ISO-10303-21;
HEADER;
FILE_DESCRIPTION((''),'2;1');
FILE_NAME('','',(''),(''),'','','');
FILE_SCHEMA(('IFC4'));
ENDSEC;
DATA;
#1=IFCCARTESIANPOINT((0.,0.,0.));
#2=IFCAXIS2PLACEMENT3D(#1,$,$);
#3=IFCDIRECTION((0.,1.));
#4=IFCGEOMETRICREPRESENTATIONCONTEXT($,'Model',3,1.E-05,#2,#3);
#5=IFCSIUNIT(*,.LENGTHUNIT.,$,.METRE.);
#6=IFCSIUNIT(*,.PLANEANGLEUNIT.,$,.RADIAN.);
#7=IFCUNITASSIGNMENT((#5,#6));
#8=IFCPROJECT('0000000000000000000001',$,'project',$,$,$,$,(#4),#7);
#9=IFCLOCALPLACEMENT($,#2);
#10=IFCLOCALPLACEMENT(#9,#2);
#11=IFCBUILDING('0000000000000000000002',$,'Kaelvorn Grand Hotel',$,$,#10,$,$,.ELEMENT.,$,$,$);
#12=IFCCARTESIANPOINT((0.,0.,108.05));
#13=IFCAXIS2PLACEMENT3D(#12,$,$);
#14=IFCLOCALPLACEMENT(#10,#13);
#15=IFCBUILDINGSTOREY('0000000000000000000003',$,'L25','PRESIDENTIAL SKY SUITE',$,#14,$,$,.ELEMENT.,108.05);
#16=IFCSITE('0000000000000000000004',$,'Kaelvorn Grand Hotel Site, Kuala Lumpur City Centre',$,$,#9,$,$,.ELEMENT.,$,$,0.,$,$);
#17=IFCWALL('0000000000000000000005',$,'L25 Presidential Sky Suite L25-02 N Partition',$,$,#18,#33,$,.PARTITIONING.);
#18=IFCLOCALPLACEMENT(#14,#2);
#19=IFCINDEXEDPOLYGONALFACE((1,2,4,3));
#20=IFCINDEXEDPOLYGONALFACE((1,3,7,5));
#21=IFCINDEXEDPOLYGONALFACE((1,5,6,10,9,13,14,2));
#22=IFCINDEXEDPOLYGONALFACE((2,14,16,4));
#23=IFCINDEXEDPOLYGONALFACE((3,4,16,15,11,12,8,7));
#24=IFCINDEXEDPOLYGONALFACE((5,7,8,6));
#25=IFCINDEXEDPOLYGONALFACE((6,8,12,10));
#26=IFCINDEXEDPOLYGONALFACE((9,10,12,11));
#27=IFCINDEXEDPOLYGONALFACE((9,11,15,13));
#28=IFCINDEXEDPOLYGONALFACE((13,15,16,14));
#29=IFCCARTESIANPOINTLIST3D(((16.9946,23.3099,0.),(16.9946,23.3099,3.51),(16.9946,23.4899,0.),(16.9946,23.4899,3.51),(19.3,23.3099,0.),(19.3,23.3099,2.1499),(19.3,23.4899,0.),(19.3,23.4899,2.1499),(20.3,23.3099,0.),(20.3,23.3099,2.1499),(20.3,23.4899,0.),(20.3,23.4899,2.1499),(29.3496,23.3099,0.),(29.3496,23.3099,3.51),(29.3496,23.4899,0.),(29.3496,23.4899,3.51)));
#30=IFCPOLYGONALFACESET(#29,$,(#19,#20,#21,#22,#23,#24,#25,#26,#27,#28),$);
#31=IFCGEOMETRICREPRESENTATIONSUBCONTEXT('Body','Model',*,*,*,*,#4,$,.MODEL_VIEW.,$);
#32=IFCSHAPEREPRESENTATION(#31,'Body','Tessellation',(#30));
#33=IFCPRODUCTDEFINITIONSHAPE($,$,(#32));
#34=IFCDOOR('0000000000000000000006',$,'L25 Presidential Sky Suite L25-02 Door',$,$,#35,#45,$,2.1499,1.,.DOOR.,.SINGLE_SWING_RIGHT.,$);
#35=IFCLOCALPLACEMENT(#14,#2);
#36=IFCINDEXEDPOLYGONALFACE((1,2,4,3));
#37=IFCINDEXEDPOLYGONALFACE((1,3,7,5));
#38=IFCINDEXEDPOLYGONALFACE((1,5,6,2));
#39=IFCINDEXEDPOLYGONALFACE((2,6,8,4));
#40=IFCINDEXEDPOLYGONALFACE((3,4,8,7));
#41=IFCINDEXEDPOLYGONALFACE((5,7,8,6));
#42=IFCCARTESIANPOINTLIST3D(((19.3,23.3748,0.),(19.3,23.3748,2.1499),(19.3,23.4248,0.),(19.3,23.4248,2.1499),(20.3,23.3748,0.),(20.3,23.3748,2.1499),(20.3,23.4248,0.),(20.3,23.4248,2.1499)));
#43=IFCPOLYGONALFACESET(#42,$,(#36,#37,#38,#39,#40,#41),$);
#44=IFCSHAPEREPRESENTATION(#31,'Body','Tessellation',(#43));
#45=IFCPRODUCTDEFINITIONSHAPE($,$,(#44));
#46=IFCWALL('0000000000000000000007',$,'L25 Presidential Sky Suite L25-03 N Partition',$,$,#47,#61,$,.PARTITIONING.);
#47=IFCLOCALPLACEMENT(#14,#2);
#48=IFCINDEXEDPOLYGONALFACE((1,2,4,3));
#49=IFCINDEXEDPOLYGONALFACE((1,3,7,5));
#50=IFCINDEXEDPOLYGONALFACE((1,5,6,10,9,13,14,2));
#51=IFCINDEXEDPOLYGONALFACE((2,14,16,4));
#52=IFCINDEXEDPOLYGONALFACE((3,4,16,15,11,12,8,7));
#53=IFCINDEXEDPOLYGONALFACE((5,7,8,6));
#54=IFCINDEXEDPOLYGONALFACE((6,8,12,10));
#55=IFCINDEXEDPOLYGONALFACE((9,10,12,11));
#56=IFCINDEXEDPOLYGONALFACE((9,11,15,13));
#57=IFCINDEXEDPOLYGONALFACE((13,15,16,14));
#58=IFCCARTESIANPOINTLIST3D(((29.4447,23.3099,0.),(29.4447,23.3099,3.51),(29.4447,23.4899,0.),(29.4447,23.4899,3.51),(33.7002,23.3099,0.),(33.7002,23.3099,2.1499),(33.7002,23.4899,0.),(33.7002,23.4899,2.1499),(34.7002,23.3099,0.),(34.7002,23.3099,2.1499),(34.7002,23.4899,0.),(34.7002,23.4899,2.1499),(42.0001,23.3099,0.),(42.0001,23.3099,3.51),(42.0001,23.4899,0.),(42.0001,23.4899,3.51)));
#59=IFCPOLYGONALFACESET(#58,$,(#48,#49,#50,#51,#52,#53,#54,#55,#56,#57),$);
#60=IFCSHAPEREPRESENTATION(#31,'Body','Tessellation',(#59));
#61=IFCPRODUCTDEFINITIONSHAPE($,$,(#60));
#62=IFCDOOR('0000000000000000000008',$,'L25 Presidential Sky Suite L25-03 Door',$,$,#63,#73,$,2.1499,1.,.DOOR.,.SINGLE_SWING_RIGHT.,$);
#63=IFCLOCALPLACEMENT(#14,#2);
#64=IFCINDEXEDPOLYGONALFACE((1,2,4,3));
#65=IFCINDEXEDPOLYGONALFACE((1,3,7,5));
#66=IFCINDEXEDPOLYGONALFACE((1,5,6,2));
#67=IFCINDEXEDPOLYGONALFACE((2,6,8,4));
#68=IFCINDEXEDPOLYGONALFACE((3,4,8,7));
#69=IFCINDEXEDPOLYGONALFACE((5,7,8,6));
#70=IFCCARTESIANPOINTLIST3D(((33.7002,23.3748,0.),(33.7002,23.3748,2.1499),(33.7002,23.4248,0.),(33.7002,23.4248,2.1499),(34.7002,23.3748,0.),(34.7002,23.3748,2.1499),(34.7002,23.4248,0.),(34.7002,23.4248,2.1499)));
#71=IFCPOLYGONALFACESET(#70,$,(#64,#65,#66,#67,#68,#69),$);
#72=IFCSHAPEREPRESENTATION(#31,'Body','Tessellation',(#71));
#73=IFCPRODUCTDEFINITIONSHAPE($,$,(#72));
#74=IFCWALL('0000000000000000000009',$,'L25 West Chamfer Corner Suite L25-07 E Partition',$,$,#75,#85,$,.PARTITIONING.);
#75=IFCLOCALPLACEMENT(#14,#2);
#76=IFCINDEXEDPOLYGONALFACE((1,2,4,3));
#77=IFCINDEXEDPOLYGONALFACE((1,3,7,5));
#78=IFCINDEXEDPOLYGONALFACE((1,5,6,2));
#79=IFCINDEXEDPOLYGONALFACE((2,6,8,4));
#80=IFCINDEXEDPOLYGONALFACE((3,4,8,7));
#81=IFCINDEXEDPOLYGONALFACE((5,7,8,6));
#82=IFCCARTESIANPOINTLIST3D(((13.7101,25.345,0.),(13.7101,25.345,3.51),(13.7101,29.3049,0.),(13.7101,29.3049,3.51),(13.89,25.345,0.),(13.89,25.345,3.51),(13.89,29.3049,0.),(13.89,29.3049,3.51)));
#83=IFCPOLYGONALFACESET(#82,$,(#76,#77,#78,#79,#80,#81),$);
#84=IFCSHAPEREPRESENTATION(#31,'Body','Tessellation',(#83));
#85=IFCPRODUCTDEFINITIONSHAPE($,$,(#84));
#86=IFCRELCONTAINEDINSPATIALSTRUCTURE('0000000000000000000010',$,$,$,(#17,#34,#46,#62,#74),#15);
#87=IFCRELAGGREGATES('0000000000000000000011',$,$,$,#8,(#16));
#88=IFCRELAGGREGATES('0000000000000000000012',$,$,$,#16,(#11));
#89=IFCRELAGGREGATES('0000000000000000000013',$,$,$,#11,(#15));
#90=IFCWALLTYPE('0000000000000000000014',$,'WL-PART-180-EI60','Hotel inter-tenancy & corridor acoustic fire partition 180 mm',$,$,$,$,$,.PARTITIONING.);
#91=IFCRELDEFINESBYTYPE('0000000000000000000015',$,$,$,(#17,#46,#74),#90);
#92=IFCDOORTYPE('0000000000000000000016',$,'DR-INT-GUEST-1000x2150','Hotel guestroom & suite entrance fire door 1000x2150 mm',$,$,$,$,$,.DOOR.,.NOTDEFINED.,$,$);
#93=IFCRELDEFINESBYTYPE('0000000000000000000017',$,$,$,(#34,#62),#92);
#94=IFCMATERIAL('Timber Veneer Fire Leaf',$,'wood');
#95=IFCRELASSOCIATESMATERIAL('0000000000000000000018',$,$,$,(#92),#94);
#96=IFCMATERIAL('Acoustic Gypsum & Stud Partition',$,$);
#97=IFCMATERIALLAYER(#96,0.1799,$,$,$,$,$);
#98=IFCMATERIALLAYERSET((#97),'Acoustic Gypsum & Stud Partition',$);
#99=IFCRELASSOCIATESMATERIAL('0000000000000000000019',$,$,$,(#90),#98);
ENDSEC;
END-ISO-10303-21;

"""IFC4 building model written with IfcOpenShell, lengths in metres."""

from ifc_helpers import new_model, si_unit, direction, frame, frame_2d, origin, place, context, subcontext, project, spatial, rectangle, extrude, material, layer, layer_set, type_object, element, fill, save


model = new_model("IFC4")

# Units and contexts
model_context = context("Model", 3, precision=1e-05, world=origin(), true_north=direction((0.0, 1.0)))
body_context = subcontext(model_context, "Body", "Model", "MODEL_VIEW")
ifc_project = project(units=[si_unit("LENGTHUNIT", "METRE"), si_unit("PLANEANGLEUNIT", "RADIAN")], contexts=[model_context])

# Site, building, storey
site_placement = place(None, origin())
site = spatial("IfcSite", under=ifc_project, at=site_placement, Name="Kaelvorn Grand Hotel Site, Kuala Lumpur City Centre", CompositionType="ELEMENT", RefElevation=0.0)
building_placement = place(site_placement, origin())
building = spatial("IfcBuilding", under=site, at=building_placement, Name="Kaelvorn Grand Hotel", CompositionType="ELEMENT")
storey_placement = place(building_placement, frame((0.0, 0.0, 108.05)))
storey = spatial("IfcBuildingStorey", under=building, at=storey_placement, Name="L25", Description="PRESIDENTIAL SKY SUITE", CompositionType="ELEMENT", Elevation=108.05)

# Shared definitions
ifc_material_1 = material(Name="Acoustic Gypsum & Stud Partition")
ifc_material_2 = material(Name="Timber Veneer Fire Leaf", Category="wood")
door_type_1 = type_object("IfcDoorType", Name="DR-INT-GUEST-1000x2150", Description="Hotel guestroom & suite entrance fire door 1000x2150 mm", OperationType="NOTDEFINED", PredefinedType="DOOR", material=ifc_material_2)

# Walls, openings, doors
ifc_layer_1 = layer(ifc_material_1, 0.1799)
ifc_layer_set_1 = layer_set([ifc_layer_1], Name="Acoustic Gypsum & Stud Partition")
wall_type_1 = type_object("IfcWallType", Name="WL-PART-180-EI60", Description="Hotel inter-tenancy & corridor acoustic fire partition 180 mm", PredefinedType="PARTITIONING", material=ifc_layer_set_1)
wall_1_placement = place(storey_placement, frame((16.9946, 23.3999, 0.0), z_axis=(0.0, 0.0, 1.0), x_axis=(1.0, 0.0, 0.0)))
wall_1 = element("IfcWall", 1, at=wall_1_placement, inside=storey, type_object=wall_type_1, Name="L25 Presidential Sky Suite L25-02 N Partition", PredefinedType="PARTITIONING", context=body_context, shape_type="SweptSolid", body=[
    extrude(rectangle(XDim=12.355, YDim=0.1799, at=frame_2d((6.1775, 0.0))), origin(), (0.0, 0.0, 1.0), 3.51),
])
opening_1_placement = place(wall_1_placement, frame((2.3054, 0.0, 0.0)))
opening_1 = element("IfcOpeningElement", 2, at=opening_1_placement, cuts=wall_1, PredefinedType="OPENING", context=body_context, shape_type="SweptSolid", body=[
    extrude(rectangle(XDim=1.0, YDim=2.1499, at=frame_2d((0.5, 1.075))), frame((0.0, 0.1001, 0.0), z_axis=(0.0, -1.0, 0.0), x_axis=(1.0, 0.0, 0.0)), (0.0, 0.0, 1.0), 0.2),
])
door_1_placement = place(opening_1_placement, origin())
door_1 = element("IfcDoor", 3, at=door_1_placement, inside=storey, type_object=door_type_1, Name="L25 Presidential Sky Suite L25-02 Door", OperationType="SINGLE_SWING_RIGHT", OverallHeight=2.1499, OverallWidth=1.0, PredefinedType="DOOR", context=body_context, shape_type="SweptSolid", body=[
    extrude(rectangle(XDim=1.0, YDim=2.1499, at=frame_2d((0.5, 1.075))), frame((0.0, 0.0249, 0.0), z_axis=(0.0, -1.0, 0.0), x_axis=(1.0, 0.0, 0.0)), (0.0, 0.0, 1.0), 0.05),
])
fill(opening_1, door_1)
wall_2_placement = place(storey_placement, frame((29.4446, 23.3999, 0.0), z_axis=(0.0, 0.0, 1.0), x_axis=(1.0, 0.0, 0.0)))
wall_2 = element("IfcWall", 4, at=wall_2_placement, inside=storey, type_object=wall_type_1, Name="L25 Presidential Sky Suite L25-03 N Partition", PredefinedType="PARTITIONING", context=body_context, shape_type="SweptSolid", body=[
    extrude(rectangle(XDim=12.5554, YDim=0.1799, at=frame_2d((6.2778, 0.0))), origin(), (0.0, 0.0, 1.0), 3.51),
])
opening_2_placement = place(wall_2_placement, frame((4.2556, 0.0, 0.0)))
opening_2 = element("IfcOpeningElement", 5, at=opening_2_placement, cuts=wall_2, PredefinedType="OPENING", context=body_context, shape_type="SweptSolid", body=[
    extrude(rectangle(XDim=1.0, YDim=2.1499, at=frame_2d((0.5, 1.075))), frame((0.0, 0.1001, 0.0), z_axis=(0.0, -1.0, 0.0), x_axis=(1.0, 0.0, 0.0)), (0.0, 0.0, 1.0), 0.2),
])
door_2_placement = place(opening_2_placement, origin())
door_2 = element("IfcDoor", 6, at=door_2_placement, inside=storey, type_object=door_type_1, Name="L25 Presidential Sky Suite L25-03 Door", OperationType="SINGLE_SWING_RIGHT", OverallHeight=2.1499, OverallWidth=1.0, PredefinedType="DOOR", context=body_context, shape_type="SweptSolid", body=[
    extrude(rectangle(XDim=1.0, YDim=2.1499, at=frame_2d((0.5, 1.075))), frame((0.0, 0.0249, 0.0), z_axis=(0.0, -1.0, 0.0), x_axis=(1.0, 0.0, 0.0)), (0.0, 0.0, 1.0), 0.05),
])
fill(opening_2, door_2)

# Wall
wall_3_placement = place(storey_placement, frame((13.8, 25.345, 0.0), z_axis=(0.0, 0.0, 1.0), x_axis=(0.0, 1.0, 0.0)))
element("IfcWall", 7, at=wall_3_placement, inside=storey, type_object=wall_type_1, Name="L25 West Chamfer Corner Suite L25-07 E Partition", PredefinedType="PARTITIONING", context=body_context, shape_type="SweptSolid", body=[
    extrude(rectangle(XDim=3.96, YDim=0.1799, at=frame_2d((1.98, 0.0))), origin(), (0.0, 0.0, 1.0), 3.51),
])

save(model, "model.ifc")
